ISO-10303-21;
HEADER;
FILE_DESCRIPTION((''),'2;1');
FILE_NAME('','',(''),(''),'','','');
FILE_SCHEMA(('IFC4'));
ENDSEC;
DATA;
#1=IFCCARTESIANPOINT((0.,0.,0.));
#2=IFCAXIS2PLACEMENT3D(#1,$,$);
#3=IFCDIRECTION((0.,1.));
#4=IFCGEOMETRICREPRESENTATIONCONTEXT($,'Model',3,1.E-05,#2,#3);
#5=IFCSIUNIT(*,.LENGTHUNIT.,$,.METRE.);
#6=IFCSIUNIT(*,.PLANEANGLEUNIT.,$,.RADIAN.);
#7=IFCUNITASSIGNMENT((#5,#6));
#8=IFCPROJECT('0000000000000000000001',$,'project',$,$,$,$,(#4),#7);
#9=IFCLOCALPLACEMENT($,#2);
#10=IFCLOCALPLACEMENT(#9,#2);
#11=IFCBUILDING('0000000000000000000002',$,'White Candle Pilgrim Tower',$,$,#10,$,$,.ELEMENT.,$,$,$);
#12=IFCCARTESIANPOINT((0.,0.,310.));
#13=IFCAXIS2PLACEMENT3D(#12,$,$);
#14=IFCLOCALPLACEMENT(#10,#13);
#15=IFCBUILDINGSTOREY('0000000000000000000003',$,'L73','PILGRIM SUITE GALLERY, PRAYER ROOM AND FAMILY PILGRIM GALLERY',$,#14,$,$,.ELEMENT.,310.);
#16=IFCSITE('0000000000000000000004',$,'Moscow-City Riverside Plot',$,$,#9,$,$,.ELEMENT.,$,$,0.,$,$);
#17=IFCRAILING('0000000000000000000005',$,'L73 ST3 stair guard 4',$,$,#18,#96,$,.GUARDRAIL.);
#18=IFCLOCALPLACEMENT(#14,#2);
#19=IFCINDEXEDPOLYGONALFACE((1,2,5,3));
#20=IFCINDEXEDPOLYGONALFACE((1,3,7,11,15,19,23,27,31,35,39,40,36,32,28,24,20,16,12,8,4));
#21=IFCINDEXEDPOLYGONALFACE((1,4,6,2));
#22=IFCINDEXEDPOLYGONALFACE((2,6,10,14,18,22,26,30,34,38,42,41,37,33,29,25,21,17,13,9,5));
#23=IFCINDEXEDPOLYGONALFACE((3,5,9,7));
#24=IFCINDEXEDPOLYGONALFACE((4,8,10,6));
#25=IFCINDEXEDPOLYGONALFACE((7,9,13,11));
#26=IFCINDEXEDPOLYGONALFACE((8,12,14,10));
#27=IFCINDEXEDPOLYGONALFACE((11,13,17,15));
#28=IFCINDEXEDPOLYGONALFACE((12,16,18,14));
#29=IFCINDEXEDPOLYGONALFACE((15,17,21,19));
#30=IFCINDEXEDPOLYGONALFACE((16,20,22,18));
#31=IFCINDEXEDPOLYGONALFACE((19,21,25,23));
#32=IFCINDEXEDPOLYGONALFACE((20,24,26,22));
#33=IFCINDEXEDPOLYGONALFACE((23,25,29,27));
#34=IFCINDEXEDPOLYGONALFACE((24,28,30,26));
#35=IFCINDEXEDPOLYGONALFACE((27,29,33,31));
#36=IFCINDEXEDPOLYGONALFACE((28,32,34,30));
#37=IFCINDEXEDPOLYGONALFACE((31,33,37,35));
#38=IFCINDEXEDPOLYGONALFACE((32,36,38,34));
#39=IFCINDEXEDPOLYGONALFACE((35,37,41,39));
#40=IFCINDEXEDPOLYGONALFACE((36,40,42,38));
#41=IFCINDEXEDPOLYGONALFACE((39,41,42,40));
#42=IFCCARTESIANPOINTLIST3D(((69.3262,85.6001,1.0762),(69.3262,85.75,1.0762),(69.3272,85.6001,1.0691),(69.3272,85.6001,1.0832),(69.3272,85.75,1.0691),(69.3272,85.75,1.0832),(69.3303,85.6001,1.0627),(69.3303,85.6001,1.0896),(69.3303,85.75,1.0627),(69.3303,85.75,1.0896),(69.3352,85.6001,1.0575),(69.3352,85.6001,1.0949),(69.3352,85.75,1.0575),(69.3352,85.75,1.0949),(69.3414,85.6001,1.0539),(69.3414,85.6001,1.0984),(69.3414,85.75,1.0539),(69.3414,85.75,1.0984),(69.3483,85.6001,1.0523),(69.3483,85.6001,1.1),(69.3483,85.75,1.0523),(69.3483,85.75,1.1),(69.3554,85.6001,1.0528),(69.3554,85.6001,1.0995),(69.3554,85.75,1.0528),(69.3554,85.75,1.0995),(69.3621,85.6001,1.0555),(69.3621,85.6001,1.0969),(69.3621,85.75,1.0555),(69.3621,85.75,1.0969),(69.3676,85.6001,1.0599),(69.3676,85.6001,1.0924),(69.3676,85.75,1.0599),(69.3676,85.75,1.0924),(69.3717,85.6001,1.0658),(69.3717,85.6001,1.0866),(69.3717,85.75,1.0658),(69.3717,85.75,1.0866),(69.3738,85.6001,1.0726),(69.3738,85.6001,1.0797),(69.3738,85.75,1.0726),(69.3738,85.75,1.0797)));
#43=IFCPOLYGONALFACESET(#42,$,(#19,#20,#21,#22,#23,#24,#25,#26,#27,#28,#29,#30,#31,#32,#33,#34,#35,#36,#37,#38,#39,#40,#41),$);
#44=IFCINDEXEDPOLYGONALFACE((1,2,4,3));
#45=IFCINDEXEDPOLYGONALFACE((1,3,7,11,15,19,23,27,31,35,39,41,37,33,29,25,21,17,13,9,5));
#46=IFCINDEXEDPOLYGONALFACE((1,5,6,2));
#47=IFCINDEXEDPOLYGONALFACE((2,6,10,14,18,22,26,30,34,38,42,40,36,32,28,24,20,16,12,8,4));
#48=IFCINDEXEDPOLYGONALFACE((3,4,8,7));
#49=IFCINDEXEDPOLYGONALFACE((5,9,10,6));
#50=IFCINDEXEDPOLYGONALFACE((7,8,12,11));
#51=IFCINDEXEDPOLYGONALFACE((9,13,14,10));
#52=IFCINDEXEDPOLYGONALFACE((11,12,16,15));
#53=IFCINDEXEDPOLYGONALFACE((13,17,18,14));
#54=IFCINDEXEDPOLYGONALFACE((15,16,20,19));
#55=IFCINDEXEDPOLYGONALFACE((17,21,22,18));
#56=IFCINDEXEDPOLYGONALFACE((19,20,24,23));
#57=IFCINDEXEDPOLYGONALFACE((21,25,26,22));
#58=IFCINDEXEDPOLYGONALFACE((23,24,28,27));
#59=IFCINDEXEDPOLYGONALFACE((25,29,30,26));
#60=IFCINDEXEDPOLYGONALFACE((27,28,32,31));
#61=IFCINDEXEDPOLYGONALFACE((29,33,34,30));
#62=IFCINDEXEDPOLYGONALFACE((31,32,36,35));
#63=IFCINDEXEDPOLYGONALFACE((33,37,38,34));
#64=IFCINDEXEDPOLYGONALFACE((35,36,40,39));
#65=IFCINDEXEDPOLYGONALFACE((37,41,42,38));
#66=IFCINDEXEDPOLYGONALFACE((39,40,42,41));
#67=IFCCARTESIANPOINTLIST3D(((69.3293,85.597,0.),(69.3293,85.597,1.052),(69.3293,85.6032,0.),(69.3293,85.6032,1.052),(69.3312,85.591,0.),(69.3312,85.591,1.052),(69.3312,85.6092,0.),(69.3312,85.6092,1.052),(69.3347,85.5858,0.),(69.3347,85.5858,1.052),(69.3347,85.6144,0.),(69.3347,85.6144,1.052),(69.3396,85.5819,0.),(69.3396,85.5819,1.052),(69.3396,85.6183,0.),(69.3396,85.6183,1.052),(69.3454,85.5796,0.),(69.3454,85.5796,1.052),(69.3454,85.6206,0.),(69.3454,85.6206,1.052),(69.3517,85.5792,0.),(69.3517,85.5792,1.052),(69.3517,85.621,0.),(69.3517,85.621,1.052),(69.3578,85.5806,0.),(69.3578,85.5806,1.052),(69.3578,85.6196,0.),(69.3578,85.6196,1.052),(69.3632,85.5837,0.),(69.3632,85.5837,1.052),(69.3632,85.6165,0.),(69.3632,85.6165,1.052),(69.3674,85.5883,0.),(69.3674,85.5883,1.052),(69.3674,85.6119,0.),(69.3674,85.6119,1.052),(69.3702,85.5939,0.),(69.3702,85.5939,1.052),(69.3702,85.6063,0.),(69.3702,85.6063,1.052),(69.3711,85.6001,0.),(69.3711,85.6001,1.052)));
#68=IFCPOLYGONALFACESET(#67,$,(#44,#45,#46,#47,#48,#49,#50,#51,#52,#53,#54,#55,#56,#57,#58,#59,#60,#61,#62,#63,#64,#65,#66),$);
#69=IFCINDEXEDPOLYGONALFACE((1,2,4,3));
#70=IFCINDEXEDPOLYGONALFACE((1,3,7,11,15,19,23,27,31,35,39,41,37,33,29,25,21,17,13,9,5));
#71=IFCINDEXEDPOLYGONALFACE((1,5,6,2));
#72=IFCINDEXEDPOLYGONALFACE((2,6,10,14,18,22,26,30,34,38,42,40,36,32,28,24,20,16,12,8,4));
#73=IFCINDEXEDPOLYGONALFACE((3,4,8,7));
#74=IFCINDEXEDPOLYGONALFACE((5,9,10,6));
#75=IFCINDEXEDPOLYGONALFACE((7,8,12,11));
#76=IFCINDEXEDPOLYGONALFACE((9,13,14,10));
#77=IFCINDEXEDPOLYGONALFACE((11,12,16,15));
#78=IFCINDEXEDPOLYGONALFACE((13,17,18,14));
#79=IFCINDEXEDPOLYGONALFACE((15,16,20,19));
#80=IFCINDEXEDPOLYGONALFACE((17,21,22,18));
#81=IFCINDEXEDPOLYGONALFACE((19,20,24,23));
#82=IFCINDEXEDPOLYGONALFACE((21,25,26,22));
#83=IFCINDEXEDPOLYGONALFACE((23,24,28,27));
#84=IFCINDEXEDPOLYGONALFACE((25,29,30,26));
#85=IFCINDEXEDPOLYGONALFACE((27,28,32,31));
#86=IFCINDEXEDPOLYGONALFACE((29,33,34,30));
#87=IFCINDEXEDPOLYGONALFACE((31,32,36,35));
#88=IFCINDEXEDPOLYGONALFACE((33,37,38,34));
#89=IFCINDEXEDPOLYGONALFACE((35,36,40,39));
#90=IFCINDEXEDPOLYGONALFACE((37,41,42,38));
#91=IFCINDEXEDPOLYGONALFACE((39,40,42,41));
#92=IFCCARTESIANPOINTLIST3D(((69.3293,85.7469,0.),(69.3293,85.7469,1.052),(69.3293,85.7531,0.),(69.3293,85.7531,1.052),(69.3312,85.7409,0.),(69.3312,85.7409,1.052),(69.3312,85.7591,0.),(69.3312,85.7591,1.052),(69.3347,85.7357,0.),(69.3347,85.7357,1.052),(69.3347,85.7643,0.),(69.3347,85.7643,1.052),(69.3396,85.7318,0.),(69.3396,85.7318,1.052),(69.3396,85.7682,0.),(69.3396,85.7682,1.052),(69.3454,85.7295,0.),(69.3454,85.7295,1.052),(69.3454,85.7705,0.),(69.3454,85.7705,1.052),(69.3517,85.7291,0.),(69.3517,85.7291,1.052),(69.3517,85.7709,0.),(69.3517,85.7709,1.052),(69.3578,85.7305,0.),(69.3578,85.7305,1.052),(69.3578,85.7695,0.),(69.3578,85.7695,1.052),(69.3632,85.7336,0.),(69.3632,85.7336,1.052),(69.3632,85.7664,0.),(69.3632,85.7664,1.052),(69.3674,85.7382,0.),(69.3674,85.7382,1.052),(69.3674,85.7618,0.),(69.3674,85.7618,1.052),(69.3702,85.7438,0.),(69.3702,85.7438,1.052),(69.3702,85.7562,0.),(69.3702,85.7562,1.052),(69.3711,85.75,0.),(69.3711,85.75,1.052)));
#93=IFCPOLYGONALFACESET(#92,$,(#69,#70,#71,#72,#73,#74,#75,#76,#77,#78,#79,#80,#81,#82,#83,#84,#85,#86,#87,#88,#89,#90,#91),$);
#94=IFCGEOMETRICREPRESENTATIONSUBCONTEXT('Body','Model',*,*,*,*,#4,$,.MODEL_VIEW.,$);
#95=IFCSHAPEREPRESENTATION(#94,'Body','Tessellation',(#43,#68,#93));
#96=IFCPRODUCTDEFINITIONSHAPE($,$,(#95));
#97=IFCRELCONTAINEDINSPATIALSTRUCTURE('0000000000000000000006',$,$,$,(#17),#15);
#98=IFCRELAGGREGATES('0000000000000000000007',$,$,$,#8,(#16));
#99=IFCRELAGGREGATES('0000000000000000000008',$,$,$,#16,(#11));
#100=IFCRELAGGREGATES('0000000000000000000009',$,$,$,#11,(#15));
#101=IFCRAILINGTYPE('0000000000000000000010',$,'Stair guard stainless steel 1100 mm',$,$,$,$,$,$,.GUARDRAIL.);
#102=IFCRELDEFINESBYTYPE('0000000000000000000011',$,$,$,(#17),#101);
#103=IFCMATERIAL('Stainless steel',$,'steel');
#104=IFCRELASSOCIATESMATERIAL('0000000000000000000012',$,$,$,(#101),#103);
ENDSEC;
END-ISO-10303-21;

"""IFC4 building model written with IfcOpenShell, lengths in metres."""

from ifc_helpers import new_model, si_unit, direction, frame, origin, origin_2d, place, context, subcontext, project, spatial, circle, extrude, material, type_object, element, save


model = new_model("IFC4")

# Units and contexts
model_context = context("Model", 3, precision=1e-05, world=origin(), true_north=direction((0.0, 1.0)))
body_context = subcontext(model_context, "Body", "Model", "MODEL_VIEW")
ifc_project = project(units=[si_unit("LENGTHUNIT", "METRE"), si_unit("PLANEANGLEUNIT", "RADIAN")], contexts=[model_context])

# Site, building, storey
site_placement = place(None, origin())
site = spatial("IfcSite", under=ifc_project, at=site_placement, Name="Moscow-City Riverside Plot", CompositionType="ELEMENT", RefElevation=0.0)
building_placement = place(site_placement, origin())
building = spatial("IfcBuilding", under=site, at=building_placement, Name="White Candle Pilgrim Tower", CompositionType="ELEMENT")
storey_placement = place(building_placement, frame((0.0, 0.0, 310.0)))
storey = spatial("IfcBuildingStorey", under=building, at=storey_placement, Name="L73", Description="PILGRIM SUITE GALLERY, PRAYER ROOM AND FAMILY PILGRIM GALLERY", CompositionType="ELEMENT", Elevation=310.0)

# Railing
ifc_material_1 = material(Name="Stainless steel", Category="steel")
railing_type_1 = type_object("IfcRailingType", Name="Stair guard stainless steel 1100 mm", PredefinedType="GUARDRAIL", material=ifc_material_1)
railing_1_placement = place(storey_placement, frame((69.3501, 85.6001, 0.0)))
element("IfcRailing", 1, at=railing_1_placement, inside=storey, type_object=railing_type_1, Name="L73 ST3 stair guard 4", PredefinedType="GUARDRAIL", context=body_context, shape_type="SweptSolid", body=[
    extrude(circle(Radius=0.0239, at=origin_2d()), frame((0.0, 0.0, 1.0762), z_axis=(0.0, 1.0, 0.0), x_axis=(-1.0, 0.0, 0.0)), (0.0, 0.0, 1.0), 0.1499),
    extrude(circle(Radius=0.021, at=origin_2d()), origin(), (0.0, 0.0, 1.0), 1.052),
    extrude(circle(Radius=0.021, at=origin_2d()), frame((0.0, 0.1499, 0.0)), (0.0, 0.0, 1.0), 1.052),
])

save(model, "model.ifc")
